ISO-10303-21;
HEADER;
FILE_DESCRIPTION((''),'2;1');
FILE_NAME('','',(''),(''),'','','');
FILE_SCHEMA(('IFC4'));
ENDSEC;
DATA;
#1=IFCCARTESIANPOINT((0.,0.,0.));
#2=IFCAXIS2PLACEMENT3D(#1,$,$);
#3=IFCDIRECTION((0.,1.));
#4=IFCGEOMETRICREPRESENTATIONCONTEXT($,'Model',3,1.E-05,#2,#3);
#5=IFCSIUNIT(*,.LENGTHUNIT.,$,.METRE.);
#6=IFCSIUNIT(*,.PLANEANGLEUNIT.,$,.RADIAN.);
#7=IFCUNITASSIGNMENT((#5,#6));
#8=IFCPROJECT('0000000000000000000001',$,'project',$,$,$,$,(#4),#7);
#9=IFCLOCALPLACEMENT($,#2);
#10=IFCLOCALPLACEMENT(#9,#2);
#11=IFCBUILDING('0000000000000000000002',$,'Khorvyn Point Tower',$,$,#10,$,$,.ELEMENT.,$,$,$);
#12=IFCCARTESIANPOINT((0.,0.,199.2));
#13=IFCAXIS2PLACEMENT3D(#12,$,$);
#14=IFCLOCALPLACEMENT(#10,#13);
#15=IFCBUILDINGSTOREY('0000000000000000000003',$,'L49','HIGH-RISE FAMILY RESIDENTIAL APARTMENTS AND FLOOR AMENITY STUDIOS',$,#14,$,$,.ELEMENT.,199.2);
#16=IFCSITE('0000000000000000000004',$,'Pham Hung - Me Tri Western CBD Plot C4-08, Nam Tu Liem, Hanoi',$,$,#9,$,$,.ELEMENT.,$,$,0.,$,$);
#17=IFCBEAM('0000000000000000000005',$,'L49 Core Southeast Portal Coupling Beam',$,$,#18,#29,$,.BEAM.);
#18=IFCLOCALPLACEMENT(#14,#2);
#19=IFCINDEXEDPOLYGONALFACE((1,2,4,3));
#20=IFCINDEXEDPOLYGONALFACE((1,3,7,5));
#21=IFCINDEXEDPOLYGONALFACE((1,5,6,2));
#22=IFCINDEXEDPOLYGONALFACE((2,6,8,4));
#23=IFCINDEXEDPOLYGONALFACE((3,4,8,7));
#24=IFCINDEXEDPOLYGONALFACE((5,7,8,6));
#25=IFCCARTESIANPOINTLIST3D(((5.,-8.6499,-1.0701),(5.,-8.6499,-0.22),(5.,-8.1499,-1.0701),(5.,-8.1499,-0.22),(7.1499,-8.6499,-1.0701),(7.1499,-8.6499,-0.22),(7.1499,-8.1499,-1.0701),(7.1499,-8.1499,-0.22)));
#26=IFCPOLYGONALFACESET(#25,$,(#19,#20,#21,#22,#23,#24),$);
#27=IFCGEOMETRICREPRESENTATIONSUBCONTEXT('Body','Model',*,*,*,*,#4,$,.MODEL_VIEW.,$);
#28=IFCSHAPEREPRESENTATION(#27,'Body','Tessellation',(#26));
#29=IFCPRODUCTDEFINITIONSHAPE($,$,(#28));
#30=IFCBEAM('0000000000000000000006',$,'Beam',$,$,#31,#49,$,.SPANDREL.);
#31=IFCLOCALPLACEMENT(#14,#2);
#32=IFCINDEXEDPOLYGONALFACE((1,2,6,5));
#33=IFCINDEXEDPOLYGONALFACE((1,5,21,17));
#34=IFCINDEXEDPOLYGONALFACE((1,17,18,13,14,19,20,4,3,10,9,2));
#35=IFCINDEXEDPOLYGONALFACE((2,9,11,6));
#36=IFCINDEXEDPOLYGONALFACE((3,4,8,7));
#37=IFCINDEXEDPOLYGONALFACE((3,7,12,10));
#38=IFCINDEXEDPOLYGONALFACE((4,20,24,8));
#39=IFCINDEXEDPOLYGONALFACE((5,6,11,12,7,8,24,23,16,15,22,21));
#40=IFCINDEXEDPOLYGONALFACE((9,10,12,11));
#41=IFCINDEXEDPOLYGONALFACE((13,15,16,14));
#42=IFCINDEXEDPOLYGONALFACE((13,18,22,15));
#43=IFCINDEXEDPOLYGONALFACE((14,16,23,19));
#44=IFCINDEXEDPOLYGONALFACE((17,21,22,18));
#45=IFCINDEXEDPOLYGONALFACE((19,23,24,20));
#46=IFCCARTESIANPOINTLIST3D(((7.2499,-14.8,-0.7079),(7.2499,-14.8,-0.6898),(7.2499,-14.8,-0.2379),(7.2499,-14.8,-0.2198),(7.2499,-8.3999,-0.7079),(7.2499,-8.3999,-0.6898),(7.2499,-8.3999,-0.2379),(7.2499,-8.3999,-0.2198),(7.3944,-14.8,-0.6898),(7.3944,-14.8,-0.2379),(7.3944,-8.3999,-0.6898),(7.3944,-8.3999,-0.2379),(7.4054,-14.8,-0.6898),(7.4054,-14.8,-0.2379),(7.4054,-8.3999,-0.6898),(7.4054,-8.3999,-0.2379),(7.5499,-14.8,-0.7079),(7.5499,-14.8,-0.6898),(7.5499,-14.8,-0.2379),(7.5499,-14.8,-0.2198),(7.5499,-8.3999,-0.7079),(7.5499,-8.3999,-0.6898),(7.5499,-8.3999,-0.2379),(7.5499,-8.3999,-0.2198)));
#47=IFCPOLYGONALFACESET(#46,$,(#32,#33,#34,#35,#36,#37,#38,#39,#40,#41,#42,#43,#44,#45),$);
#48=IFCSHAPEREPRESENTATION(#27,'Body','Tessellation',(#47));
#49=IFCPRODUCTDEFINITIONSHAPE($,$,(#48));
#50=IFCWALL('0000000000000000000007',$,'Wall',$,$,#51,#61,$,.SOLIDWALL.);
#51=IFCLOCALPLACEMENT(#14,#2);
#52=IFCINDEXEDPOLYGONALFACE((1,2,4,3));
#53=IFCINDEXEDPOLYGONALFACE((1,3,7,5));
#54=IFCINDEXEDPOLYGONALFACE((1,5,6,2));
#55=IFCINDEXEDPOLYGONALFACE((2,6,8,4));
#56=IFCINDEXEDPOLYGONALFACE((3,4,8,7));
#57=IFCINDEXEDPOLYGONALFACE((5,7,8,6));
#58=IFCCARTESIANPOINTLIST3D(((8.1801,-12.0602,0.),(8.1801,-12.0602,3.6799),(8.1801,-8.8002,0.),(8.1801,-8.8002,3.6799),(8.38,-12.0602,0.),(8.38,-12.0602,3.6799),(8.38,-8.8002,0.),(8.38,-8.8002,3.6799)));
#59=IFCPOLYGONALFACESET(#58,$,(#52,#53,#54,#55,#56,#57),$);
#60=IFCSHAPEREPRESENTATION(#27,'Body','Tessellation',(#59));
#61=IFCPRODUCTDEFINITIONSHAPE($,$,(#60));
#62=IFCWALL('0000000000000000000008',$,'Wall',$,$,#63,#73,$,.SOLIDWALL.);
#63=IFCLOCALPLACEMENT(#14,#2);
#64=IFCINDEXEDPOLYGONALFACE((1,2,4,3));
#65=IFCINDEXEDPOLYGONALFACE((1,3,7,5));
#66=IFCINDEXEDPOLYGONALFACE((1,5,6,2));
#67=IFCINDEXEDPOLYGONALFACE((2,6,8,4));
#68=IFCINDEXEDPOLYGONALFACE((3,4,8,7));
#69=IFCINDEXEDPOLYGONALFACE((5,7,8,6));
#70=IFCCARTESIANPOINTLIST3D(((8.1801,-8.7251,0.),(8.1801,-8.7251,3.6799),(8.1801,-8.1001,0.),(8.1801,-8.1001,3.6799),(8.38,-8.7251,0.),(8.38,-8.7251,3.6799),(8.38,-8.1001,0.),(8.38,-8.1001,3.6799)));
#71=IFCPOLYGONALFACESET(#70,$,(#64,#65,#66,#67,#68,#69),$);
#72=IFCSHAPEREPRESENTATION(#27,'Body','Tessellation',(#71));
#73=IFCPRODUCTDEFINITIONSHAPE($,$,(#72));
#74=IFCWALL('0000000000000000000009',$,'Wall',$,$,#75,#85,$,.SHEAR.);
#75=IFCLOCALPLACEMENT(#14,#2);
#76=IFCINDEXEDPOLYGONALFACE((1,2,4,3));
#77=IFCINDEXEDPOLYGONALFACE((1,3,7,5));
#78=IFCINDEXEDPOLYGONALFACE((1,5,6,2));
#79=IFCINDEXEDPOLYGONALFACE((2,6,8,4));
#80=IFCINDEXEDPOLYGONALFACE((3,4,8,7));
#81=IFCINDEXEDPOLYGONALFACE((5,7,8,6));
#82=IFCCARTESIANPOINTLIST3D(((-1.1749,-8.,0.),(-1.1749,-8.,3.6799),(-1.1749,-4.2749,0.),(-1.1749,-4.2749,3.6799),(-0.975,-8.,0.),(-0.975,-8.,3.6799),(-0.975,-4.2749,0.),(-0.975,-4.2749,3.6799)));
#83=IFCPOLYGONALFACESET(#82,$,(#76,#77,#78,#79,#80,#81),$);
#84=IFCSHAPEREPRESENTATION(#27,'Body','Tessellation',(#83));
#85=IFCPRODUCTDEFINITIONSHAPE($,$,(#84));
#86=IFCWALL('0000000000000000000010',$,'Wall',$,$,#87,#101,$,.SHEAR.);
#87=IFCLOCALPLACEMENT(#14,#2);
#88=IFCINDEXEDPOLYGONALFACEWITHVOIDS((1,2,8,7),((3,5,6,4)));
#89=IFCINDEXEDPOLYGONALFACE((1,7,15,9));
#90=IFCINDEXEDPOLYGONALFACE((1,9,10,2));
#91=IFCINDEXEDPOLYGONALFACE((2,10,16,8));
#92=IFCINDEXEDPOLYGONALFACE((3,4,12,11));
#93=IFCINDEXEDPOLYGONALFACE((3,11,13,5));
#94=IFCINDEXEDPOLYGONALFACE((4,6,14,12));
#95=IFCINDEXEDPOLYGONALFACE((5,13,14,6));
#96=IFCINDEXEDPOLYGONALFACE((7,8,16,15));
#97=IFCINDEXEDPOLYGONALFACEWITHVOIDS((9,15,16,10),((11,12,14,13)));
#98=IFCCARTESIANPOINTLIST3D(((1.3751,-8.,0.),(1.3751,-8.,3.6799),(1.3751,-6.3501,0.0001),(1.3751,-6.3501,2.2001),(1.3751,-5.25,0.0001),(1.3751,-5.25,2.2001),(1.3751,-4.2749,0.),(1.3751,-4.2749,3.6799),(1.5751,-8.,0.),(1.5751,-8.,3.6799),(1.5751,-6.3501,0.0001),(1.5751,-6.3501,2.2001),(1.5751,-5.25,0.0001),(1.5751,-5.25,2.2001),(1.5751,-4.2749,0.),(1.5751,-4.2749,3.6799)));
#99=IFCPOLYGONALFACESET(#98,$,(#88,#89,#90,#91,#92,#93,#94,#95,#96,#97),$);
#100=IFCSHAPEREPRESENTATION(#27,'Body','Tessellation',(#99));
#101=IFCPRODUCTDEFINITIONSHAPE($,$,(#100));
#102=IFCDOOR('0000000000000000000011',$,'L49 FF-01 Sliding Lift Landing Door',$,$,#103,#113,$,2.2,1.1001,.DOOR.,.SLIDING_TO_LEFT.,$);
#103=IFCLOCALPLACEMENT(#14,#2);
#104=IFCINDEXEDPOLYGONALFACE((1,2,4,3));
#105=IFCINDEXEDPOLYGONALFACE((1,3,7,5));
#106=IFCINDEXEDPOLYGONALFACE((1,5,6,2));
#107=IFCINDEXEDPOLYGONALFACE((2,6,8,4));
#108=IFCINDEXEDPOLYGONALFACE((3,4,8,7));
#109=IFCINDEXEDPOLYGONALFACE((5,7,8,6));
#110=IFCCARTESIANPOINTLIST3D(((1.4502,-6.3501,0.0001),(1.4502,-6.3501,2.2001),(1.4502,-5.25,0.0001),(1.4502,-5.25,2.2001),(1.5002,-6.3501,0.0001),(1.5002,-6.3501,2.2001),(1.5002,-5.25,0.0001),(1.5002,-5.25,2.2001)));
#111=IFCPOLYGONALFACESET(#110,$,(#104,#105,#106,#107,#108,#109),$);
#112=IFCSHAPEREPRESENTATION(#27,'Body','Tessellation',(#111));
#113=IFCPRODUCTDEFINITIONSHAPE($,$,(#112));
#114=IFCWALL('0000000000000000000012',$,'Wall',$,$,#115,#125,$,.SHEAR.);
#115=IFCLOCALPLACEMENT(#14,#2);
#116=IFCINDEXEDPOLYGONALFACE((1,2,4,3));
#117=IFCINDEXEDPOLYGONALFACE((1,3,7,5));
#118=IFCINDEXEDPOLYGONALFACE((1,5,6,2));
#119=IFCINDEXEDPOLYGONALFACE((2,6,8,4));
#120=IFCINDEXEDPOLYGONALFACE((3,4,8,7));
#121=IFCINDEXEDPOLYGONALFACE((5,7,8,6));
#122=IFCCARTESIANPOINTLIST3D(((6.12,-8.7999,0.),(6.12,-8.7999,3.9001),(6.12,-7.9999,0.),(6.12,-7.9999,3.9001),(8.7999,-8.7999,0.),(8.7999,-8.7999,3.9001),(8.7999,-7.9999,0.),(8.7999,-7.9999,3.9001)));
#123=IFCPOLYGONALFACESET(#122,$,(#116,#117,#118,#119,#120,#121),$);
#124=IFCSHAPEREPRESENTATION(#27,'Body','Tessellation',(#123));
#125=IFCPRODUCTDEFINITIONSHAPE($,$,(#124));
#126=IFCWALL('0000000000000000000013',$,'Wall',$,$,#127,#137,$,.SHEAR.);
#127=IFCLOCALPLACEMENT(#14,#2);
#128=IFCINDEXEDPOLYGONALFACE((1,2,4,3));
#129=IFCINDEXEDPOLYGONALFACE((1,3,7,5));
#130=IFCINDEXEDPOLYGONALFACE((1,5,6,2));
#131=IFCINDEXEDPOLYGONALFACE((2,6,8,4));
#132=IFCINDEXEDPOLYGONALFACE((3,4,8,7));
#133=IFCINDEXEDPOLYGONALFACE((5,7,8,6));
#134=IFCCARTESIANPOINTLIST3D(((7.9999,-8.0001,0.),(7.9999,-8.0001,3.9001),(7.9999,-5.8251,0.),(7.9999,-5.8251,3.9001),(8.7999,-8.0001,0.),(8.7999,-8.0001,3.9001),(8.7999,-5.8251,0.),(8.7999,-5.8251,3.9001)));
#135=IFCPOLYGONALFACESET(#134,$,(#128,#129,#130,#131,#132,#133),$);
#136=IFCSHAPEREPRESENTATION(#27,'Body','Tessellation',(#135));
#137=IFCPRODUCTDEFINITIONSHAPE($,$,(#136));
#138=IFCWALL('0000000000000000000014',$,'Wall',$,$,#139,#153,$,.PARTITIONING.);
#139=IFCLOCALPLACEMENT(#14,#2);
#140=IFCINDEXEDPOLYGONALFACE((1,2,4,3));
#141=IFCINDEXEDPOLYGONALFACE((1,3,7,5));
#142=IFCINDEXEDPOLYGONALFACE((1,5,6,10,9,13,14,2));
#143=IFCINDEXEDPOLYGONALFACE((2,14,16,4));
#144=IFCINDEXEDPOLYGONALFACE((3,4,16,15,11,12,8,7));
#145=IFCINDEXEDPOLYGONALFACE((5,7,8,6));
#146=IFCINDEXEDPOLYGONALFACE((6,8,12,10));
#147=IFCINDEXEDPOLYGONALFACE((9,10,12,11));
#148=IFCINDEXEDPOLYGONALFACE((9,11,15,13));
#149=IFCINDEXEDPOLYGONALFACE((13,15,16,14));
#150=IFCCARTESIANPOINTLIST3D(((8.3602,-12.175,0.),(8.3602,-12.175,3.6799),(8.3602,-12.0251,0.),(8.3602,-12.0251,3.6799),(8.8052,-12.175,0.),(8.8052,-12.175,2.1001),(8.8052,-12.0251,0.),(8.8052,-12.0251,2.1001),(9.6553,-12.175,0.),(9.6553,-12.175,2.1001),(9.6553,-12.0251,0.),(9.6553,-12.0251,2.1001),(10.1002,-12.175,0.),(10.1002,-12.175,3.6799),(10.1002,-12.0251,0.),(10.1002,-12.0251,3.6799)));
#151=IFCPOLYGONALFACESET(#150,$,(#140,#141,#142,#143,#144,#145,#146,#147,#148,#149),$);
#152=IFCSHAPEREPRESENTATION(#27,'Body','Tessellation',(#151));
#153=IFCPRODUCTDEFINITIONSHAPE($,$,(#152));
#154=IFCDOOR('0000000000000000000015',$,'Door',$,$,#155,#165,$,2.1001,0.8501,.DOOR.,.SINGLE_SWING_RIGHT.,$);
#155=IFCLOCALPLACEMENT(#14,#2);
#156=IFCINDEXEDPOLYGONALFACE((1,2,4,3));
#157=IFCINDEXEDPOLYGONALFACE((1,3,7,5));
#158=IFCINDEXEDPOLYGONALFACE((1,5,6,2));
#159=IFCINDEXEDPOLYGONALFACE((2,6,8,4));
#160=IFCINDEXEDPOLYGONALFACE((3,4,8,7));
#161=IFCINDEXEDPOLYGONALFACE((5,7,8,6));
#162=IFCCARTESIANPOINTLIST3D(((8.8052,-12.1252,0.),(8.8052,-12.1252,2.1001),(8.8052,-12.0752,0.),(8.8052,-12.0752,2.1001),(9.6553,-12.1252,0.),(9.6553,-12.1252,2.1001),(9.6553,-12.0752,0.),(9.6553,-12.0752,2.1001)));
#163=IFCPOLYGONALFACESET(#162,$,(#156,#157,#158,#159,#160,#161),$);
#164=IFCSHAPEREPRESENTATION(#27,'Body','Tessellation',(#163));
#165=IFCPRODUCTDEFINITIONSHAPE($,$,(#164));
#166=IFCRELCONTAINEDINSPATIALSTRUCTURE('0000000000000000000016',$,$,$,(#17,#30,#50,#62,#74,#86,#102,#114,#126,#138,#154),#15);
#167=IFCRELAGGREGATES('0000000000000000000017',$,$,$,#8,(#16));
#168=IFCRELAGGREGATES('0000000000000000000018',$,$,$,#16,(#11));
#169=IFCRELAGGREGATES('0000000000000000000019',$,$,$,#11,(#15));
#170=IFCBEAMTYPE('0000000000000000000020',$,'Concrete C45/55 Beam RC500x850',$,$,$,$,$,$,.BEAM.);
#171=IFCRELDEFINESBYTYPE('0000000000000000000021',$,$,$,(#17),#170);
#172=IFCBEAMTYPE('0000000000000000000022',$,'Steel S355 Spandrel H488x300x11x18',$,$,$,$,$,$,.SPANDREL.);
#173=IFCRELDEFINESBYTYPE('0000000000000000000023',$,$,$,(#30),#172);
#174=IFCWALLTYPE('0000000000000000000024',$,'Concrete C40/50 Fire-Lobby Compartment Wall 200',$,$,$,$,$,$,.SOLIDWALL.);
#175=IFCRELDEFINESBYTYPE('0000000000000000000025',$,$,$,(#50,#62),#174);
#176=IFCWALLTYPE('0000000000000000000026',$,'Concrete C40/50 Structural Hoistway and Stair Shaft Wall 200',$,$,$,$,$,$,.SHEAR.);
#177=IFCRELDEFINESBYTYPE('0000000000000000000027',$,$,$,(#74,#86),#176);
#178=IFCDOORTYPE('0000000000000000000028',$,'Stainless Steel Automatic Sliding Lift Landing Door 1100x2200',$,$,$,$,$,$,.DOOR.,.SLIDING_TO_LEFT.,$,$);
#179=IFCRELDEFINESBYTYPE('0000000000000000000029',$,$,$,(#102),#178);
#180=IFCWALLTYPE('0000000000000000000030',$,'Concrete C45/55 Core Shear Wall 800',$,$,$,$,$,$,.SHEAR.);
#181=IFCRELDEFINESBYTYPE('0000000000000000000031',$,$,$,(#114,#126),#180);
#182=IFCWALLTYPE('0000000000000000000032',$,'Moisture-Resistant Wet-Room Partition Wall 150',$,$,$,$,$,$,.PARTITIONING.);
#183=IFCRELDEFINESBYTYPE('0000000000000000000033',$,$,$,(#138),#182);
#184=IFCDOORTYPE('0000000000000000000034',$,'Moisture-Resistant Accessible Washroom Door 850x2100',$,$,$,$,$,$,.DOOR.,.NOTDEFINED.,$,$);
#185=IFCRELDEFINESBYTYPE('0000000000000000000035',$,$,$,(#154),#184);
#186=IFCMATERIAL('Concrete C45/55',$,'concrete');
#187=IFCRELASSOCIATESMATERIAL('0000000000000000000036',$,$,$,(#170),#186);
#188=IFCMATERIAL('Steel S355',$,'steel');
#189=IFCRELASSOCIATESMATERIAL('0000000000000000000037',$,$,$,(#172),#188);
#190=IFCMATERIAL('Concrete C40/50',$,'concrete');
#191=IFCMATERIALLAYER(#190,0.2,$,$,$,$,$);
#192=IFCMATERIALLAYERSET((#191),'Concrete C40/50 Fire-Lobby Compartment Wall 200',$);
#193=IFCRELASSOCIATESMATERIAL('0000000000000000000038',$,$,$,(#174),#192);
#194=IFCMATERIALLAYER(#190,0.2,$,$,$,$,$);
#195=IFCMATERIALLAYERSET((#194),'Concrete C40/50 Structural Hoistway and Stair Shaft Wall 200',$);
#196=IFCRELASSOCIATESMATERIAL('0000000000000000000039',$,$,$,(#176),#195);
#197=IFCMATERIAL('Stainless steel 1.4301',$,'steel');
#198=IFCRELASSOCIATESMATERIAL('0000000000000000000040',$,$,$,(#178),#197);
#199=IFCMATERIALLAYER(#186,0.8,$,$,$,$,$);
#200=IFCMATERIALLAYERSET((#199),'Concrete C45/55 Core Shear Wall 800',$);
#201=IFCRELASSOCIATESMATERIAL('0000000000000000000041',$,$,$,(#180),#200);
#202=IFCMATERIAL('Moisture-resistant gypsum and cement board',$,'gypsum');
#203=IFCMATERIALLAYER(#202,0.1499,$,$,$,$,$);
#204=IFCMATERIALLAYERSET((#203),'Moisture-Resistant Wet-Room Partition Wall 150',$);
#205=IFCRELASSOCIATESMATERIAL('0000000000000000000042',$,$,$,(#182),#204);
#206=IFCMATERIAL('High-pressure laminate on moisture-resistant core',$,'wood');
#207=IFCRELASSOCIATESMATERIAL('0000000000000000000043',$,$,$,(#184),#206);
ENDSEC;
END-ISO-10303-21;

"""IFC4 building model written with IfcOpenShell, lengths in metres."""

from ifc_helpers import new_model, si_unit, direction, frame, frame_2d, origin, origin_2d, place, context, subcontext, project, spatial, rectangle, i_section, extrude, material, layer, layer_set, material_profile, profile_set, type_object, element, fill, save


model = new_model("IFC4")

# Units and contexts
model_context = context("Model", 3, precision=1e-05, world=origin(), true_north=direction((0.0, 1.0)))
body_context = subcontext(model_context, "Body", "Model", "MODEL_VIEW")
ifc_project = project(units=[si_unit("LENGTHUNIT", "METRE"), si_unit("PLANEANGLEUNIT", "RADIAN")], contexts=[model_context])

# Site, building, storey
site_placement = place(None, origin())
site = spatial("IfcSite", under=ifc_project, at=site_placement, Name="Pham Hung - Me Tri Western CBD Plot C4-08, Nam Tu Liem, Hanoi", CompositionType="ELEMENT", RefElevation=0.0)
building_placement = place(site_placement, origin())
building = spatial("IfcBuilding", under=site, at=building_placement, Name="Khorvyn Point Tower", CompositionType="ELEMENT")
storey_placement = place(building_placement, frame((0.0, 0.0, 199.2)))
storey = spatial("IfcBuildingStorey", under=building, at=storey_placement, Name="L49", Description="HIGH-RISE FAMILY RESIDENTIAL APARTMENTS AND FLOOR AMENITY STUDIOS", CompositionType="ELEMENT", Elevation=199.2)

# Beams
ifc_material_1 = material(Name="Concrete C45/55", Category="concrete")
ifc_material_profile_1 = material_profile(ifc_material_1, rectangle(XDim=0.5, YDim=0.8501, at=origin_2d()))
ifc_profile_set_1 = profile_set([ifc_material_profile_1], Name="Concrete C45/55 RC500x850")
beam_type_1 = type_object("IfcBeamType", Name="Concrete C45/55 Beam RC500x850", PredefinedType="BEAM", material=ifc_profile_set_1)
beam_1_placement = place(storey_placement, frame((5.0, -8.3999, -0.645), z_axis=(1.0, 0.0, 0.0), x_axis=(0.0, 1.0, 0.0)))
element("IfcBeam", 1, at=beam_1_placement, inside=storey, type_object=beam_type_1, Name="L49 Core Southeast Portal Coupling Beam", PredefinedType="BEAM", context=body_context, shape_type="SweptSolid", body=[
    extrude(rectangle(XDim=0.5, YDim=0.8501, at=origin_2d()), origin(), (0.0, 0.0, 1.0), 2.1499),
])
ifc_material_2 = material(Name="Steel S355", Category="steel")
ifc_material_profile_2 = material_profile(ifc_material_2, i_section(OverallWidth=0.3, OverallDepth=0.488, WebThickness=0.011, FlangeThickness=0.0181, at=origin_2d()))
ifc_profile_set_2 = profile_set([ifc_material_profile_2], Name="Steel S355 H488x300x11x18")
beam_type_2 = type_object("IfcBeamType", Name="Steel S355 Spandrel H488x300x11x18", PredefinedType="SPANDREL", material=ifc_profile_set_2)
beam_2_placement = place(storey_placement, frame((7.3999, -14.8, -0.4639), z_axis=(0.0, 1.0, 0.0), x_axis=(-1.0, 0.0, 0.0)))
element("IfcBeam", 2, at=beam_2_placement, inside=storey, type_object=beam_type_2, Name="Beam", PredefinedType="SPANDREL", context=body_context, shape_type="SweptSolid", body=[
    extrude(i_section(OverallWidth=0.3, OverallDepth=0.488, WebThickness=0.011, FlangeThickness=0.0181, at=origin_2d()), origin(), (0.0, 0.0, 1.0), 6.4001),
])

# Shared definitions
ifc_material_3 = material(Name="Concrete C40/50", Category="concrete")
ifc_layer_1 = layer(ifc_material_3, 0.2)
ifc_layer_set_1 = layer_set([ifc_layer_1], Name="Concrete C40/50 Fire-Lobby Compartment Wall 200")
wall_type_1 = type_object("IfcWallType", Name="Concrete C40/50 Fire-Lobby Compartment Wall 200", PredefinedType="SOLIDWALL", material=ifc_layer_set_1)

# Walls
wall_1_placement = place(storey_placement, frame((8.28, -12.0601, 0.0), z_axis=(0.0, 0.0, 1.0), x_axis=(0.0, 1.0, 0.0)))
element("IfcWall", 3, at=wall_1_placement, inside=storey, type_object=wall_type_1, Name="Wall", PredefinedType="SOLIDWALL", context=body_context, shape_type="SweptSolid", body=[
    extrude(rectangle(XDim=3.26, YDim=0.2, at=frame_2d((1.6299, 0.0))), origin(), (0.0, 0.0, 1.0), 3.6799),
])
wall_2_placement = place(storey_placement, frame((8.28, -8.7251, 0.0), z_axis=(0.0, 0.0, 1.0), x_axis=(0.0, 1.0, 0.0)))
element("IfcWall", 4, at=wall_2_placement, inside=storey, type_object=wall_type_1, Name="Wall", PredefinedType="SOLIDWALL", context=body_context, shape_type="SweptSolid", body=[
    extrude(rectangle(XDim=0.625, YDim=0.2, at=frame_2d((0.3125, 0.0))), origin(), (0.0, 0.0, 1.0), 3.6799),
])

# Wall
ifc_layer_2 = layer(ifc_material_3, 0.2)
ifc_layer_set_2 = layer_set([ifc_layer_2], Name="Concrete C40/50 Structural Hoistway and Stair Shaft Wall 200")
wall_type_2 = type_object("IfcWallType", Name="Concrete C40/50 Structural Hoistway and Stair Shaft Wall 200", PredefinedType="SHEAR", material=ifc_layer_set_2)
wall_3_placement = place(storey_placement, frame((-1.075, -8.0, 0.0), z_axis=(0.0, 0.0, 1.0), x_axis=(0.0, 1.0, 0.0)))
element("IfcWall", 5, at=wall_3_placement, inside=storey, type_object=wall_type_2, Name="Wall", PredefinedType="SHEAR", context=body_context, shape_type="SweptSolid", body=[
    extrude(rectangle(XDim=3.7251, YDim=0.2, at=frame_2d((1.8625, 0.0))), origin(), (0.0, 0.0, 1.0), 3.6799),
])

# Wall, opening, door
wall_4_placement = place(storey_placement, frame((1.4751, -8.0, 0.0), z_axis=(0.0, 0.0, 1.0), x_axis=(0.0, 1.0, 0.0)))
wall_4 = element("IfcWall", 6, at=wall_4_placement, inside=storey, type_object=wall_type_2, Name="Wall", PredefinedType="SHEAR", context=body_context, shape_type="SweptSolid", body=[
    extrude(rectangle(XDim=3.7251, YDim=0.2, at=frame_2d((1.8625, 0.0))), origin(), (0.0, 0.0, 1.0), 3.6799),
])
opening_1_placement = place(wall_4_placement, frame((1.6499, 0.0, 0.0)))
opening_1 = element("IfcOpeningElement", 7, at=opening_1_placement, cuts=wall_4, PredefinedType="OPENING", context=body_context, shape_type="SweptSolid", body=[
    extrude(rectangle(XDim=1.1001, YDim=2.2, at=frame_2d((0.55, 1.1001))), frame((0.0, 0.1099, 0.0), z_axis=(0.0, -1.0, 0.0), x_axis=(1.0, 0.0, 0.0)), (0.0, 0.0, 1.0), 0.22),
])
ifc_material_4 = material(Name="Stainless steel 1.4301", Category="steel")
door_type_1 = type_object("IfcDoorType", Name="Stainless Steel Automatic Sliding Lift Landing Door 1100x2200", OperationType="SLIDING_TO_LEFT", PredefinedType="DOOR", material=ifc_material_4)
door_1_placement = place(opening_1_placement, origin())
door_1 = element("IfcDoor", 8, at=door_1_placement, inside=storey, type_object=door_type_1, Name="L49 FF-01 Sliding Lift Landing Door", OperationType="SLIDING_TO_LEFT", OverallHeight=2.2, OverallWidth=1.1001, PredefinedType="DOOR", context=body_context, shape_type="SweptSolid", body=[
    extrude(rectangle(XDim=1.1001, YDim=2.2, at=frame_2d((0.55, 1.1001))), frame((0.0, 0.0249, 0.0), z_axis=(0.0, -1.0, 0.0), x_axis=(1.0, 0.0, 0.0)), (0.0, 0.0, 1.0), 0.05),
])
fill(opening_1, door_1)

# Walls
ifc_layer_3 = layer(ifc_material_1, 0.8)
ifc_layer_set_3 = layer_set([ifc_layer_3], Name="Concrete C45/55 Core Shear Wall 800")
wall_type_3 = type_object("IfcWallType", Name="Concrete C45/55 Core Shear Wall 800", PredefinedType="SHEAR", material=ifc_layer_set_3)
wall_5_placement = place(storey_placement, frame((6.1201, -8.3999, 0.0), z_axis=(0.0, 0.0, 1.0), x_axis=(1.0, 0.0, 0.0)))
element("IfcWall", 9, at=wall_5_placement, inside=storey, type_object=wall_type_3, Name="Wall", PredefinedType="SHEAR", context=body_context, shape_type="SweptSolid", body=[
    extrude(rectangle(XDim=2.6799, YDim=0.8, at=frame_2d((1.3398, 0.0))), origin(), (0.0, 0.0, 1.0), 3.9001),
])
wall_6_placement = place(storey_placement, frame((8.3999, -8.0, 0.0), z_axis=(0.0, 0.0, 1.0), x_axis=(0.0, 1.0, 0.0)))
element("IfcWall", 10, at=wall_6_placement, inside=storey, type_object=wall_type_3, Name="Wall", PredefinedType="SHEAR", context=body_context, shape_type="SweptSolid", body=[
    extrude(rectangle(XDim=2.175, YDim=0.8, at=frame_2d((1.0874, 0.0))), origin(), (0.0, 0.0, 1.0), 3.9001),
])

# Wall, opening, door
ifc_material_5 = material(Name="Moisture-resistant gypsum and cement board", Category="gypsum")
ifc_layer_4 = layer(ifc_material_5, 0.1499)
ifc_layer_set_4 = layer_set([ifc_layer_4], Name="Moisture-Resistant Wet-Room Partition Wall 150")
wall_type_4 = type_object("IfcWallType", Name="Moisture-Resistant Wet-Room Partition Wall 150", PredefinedType="PARTITIONING", material=ifc_layer_set_4)
wall_7_placement = place(storey_placement, frame((8.3601, -12.1001, 0.0), z_axis=(0.0, 0.0, 1.0), x_axis=(1.0, 0.0, 0.0)))
wall_7 = element("IfcWall", 11, at=wall_7_placement, inside=storey, type_object=wall_type_4, Name="Wall", PredefinedType="PARTITIONING", context=body_context, shape_type="SweptSolid", body=[
    extrude(rectangle(XDim=1.74, YDim=0.1499, at=frame_2d((0.8701, 0.0))), origin(), (0.0, 0.0, 1.0), 3.6799),
])
opening_2_placement = place(wall_7_placement, frame((0.4451, 0.0, 0.0)))
opening_2 = element("IfcOpeningElement", 12, at=opening_2_placement, cuts=wall_7, PredefinedType="OPENING", context=body_context, shape_type="SweptSolid", body=[
    extrude(rectangle(XDim=0.8501, YDim=2.1001, at=frame_2d((0.425, 1.05))), frame((0.0, 0.085, 0.0), z_axis=(0.0, -1.0, 0.0), x_axis=(1.0, 0.0, 0.0)), (0.0, 0.0, 1.0), 0.1699),
])
ifc_material_6 = material(Name="High-pressure laminate on moisture-resistant core", Category="wood")
door_type_2 = type_object("IfcDoorType", Name="Moisture-Resistant Accessible Washroom Door 850x2100", OperationType="NOTDEFINED", PredefinedType="DOOR", material=ifc_material_6)
door_2_placement = place(opening_2_placement, origin())
door_2 = element("IfcDoor", 13, at=door_2_placement, inside=storey, type_object=door_type_2, Name="Door", OperationType="SINGLE_SWING_RIGHT", OverallHeight=2.1001, OverallWidth=0.8501, PredefinedType="DOOR", context=body_context, shape_type="SweptSolid", body=[
    extrude(rectangle(XDim=0.8501, YDim=2.1001, at=frame_2d((0.425, 1.05))), frame((0.0, 0.0249, 0.0), z_axis=(0.0, -1.0, 0.0), x_axis=(1.0, 0.0, 0.0)), (0.0, 0.0, 1.0), 0.05),
])
fill(opening_2, door_2)

save(model, "model.ifc")
